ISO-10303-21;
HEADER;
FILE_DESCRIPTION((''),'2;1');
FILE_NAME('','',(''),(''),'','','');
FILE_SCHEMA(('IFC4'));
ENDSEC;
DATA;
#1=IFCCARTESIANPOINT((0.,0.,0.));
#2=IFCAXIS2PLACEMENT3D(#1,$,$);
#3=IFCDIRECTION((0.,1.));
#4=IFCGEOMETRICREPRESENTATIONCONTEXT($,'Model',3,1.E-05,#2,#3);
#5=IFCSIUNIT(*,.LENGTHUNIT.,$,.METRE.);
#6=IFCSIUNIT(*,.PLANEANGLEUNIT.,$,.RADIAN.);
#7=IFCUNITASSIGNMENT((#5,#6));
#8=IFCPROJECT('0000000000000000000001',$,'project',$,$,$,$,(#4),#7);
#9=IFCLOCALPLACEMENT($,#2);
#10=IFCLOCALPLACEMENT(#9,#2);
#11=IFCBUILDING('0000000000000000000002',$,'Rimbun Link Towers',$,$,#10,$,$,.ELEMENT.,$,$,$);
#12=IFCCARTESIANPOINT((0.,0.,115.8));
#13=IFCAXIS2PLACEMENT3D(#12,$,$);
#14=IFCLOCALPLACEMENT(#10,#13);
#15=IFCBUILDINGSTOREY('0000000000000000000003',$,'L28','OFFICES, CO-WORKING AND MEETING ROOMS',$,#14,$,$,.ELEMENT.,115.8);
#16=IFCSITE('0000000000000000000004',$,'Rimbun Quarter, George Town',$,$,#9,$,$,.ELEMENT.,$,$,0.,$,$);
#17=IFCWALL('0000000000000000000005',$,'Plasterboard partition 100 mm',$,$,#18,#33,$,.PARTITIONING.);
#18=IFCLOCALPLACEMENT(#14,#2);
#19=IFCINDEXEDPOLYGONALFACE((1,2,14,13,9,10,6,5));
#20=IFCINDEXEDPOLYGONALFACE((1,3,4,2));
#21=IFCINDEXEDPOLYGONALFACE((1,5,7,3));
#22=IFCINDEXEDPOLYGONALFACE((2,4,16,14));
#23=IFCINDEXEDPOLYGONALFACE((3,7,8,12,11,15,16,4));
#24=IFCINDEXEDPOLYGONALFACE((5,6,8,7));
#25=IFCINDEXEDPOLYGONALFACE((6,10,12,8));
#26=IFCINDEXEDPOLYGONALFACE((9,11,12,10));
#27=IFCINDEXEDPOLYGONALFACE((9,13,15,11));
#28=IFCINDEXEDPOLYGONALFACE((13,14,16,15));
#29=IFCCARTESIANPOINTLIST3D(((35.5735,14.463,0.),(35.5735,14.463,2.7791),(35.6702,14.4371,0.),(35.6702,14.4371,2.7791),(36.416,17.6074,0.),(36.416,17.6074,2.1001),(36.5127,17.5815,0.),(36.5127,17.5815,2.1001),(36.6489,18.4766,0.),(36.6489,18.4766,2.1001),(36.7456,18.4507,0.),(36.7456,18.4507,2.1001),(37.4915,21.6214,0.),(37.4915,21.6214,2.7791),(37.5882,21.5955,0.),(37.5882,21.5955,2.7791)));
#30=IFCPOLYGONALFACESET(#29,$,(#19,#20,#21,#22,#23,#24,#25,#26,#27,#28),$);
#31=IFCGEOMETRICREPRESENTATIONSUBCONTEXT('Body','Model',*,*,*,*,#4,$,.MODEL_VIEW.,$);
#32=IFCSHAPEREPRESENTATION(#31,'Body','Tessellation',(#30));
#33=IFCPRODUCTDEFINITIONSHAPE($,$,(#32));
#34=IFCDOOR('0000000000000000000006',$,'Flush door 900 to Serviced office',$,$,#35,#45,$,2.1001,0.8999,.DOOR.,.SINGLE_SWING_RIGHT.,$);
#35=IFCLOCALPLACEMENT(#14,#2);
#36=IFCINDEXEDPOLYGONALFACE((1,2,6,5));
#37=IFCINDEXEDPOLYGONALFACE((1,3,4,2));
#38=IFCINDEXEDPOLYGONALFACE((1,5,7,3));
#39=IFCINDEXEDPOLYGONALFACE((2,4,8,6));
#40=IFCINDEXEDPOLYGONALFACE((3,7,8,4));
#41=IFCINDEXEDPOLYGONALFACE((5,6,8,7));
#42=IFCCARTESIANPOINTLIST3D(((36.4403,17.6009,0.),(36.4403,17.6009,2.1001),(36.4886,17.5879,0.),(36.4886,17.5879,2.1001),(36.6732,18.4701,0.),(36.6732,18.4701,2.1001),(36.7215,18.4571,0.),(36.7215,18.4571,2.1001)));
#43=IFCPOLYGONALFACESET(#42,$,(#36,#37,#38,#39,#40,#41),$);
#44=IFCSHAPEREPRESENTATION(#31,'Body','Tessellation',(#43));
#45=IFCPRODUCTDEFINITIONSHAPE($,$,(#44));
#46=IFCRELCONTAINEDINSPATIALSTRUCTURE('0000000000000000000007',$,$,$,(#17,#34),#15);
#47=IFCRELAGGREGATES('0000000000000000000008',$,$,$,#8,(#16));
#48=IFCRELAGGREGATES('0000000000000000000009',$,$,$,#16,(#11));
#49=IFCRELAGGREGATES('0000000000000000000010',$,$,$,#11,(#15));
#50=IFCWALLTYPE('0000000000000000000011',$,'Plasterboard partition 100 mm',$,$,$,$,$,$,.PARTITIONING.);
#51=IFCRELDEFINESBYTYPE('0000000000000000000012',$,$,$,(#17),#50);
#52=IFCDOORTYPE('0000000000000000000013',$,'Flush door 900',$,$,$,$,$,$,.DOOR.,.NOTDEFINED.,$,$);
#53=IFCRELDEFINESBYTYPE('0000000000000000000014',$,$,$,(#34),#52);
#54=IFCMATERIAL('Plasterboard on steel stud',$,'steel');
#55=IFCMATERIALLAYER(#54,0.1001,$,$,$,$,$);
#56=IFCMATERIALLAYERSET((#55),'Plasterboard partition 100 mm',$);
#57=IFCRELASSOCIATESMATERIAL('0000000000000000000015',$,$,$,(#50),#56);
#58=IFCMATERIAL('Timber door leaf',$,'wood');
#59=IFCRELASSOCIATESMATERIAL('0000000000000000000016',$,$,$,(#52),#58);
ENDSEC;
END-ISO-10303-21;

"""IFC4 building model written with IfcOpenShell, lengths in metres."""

from ifc_helpers import new_model, si_unit, direction, frame, frame_2d, origin, place, context, subcontext, project, spatial, rectangle, extrude, material, layer, layer_set, type_object, element, fill, save


model = new_model("IFC4")

# Units and contexts
model_context = context("Model", 3, precision=1e-05, world=origin(), true_north=direction((0.0, 1.0)))
body_context = subcontext(model_context, "Body", "Model", "MODEL_VIEW")
ifc_project = project(units=[si_unit("LENGTHUNIT", "METRE"), si_unit("PLANEANGLEUNIT", "RADIAN")], contexts=[model_context])

# Site, building, storey
site_placement = place(None, origin())
site = spatial("IfcSite", under=ifc_project, at=site_placement, Name="Rimbun Quarter, George Town", CompositionType="ELEMENT", RefElevation=0.0)
building_placement = place(site_placement, origin())
building = spatial("IfcBuilding", under=site, at=building_placement, Name="Rimbun Link Towers", CompositionType="ELEMENT")
storey_placement = place(building_placement, frame((0.0, 0.0, 115.8)))
storey = spatial("IfcBuildingStorey", under=building, at=storey_placement, Name="L28", Description="OFFICES, CO-WORKING AND MEETING ROOMS", CompositionType="ELEMENT", Elevation=115.8)

# Shared definitions
ifc_material_1 = material(Name="Plasterboard on steel stud", Category="steel")
ifc_layer_1 = layer(ifc_material_1, 0.1001)
ifc_layer_set_1 = layer_set([ifc_layer_1], Name="Plasterboard partition 100 mm")
wall_type = type_object("IfcWallType", Name="Plasterboard partition 100 mm", PredefinedType="PARTITIONING", material=ifc_layer_set_1)

# Wall, opening, door
wall_1_placement = place(storey_placement, frame((35.6218, 14.45, 0.0), z_axis=(0.0, 0.0, 1.0), x_axis=(0.258803, 0.96593, 0.0)))
wall_1 = element("IfcWall", 1, at=wall_1_placement, inside=storey, type_object=wall_type, Name="Plasterboard partition 100 mm", PredefinedType="PARTITIONING", context=body_context, shape_type="SweptSolid", body=[
    extrude(rectangle(XDim=7.4109, YDim=0.1001, at=frame_2d((3.7056, 0.0))), origin(), (0.0, 0.0, 1.0), 2.7791),
])
opening_placement = place(wall_1_placement, frame((3.2554, 0.0, 0.0)))
opening = element("IfcOpeningElement", 2, at=opening_placement, cuts=wall_1, PredefinedType="OPENING", context=body_context, shape_type="SweptSolid", body=[
    extrude(rectangle(XDim=0.8999, YDim=2.1001, at=frame_2d((0.45, 1.05))), frame((0.0, 0.0601, 0.0), z_axis=(0.0, -1.0, 0.0), x_axis=(1.0, 0.0, 0.0)), (0.0, 0.0, 1.0), 0.1201),
])
ifc_material_2 = material(Name="Timber door leaf", Category="wood")
door_type = type_object("IfcDoorType", Name="Flush door 900", OperationType="NOTDEFINED", PredefinedType="DOOR", material=ifc_material_2)
door_placement = place(opening_placement, origin())
door = element("IfcDoor", 3, at=door_placement, inside=storey, type_object=door_type, Name="Flush door 900 to Serviced office", OperationType="SINGLE_SWING_RIGHT", OverallHeight=2.1001, OverallWidth=0.8999, PredefinedType="DOOR", context=body_context, shape_type="SweptSolid", body=[
    extrude(rectangle(XDim=0.8999, YDim=2.1001, at=frame_2d((0.45, 1.05))), frame((0.0, 0.0249, 0.0), z_axis=(0.0, -1.0, 0.0), x_axis=(1.0, 0.0, 0.0)), (0.0, 0.0, 1.0), 0.05),
])
fill(opening, door)

save(model, "model.ifc")
